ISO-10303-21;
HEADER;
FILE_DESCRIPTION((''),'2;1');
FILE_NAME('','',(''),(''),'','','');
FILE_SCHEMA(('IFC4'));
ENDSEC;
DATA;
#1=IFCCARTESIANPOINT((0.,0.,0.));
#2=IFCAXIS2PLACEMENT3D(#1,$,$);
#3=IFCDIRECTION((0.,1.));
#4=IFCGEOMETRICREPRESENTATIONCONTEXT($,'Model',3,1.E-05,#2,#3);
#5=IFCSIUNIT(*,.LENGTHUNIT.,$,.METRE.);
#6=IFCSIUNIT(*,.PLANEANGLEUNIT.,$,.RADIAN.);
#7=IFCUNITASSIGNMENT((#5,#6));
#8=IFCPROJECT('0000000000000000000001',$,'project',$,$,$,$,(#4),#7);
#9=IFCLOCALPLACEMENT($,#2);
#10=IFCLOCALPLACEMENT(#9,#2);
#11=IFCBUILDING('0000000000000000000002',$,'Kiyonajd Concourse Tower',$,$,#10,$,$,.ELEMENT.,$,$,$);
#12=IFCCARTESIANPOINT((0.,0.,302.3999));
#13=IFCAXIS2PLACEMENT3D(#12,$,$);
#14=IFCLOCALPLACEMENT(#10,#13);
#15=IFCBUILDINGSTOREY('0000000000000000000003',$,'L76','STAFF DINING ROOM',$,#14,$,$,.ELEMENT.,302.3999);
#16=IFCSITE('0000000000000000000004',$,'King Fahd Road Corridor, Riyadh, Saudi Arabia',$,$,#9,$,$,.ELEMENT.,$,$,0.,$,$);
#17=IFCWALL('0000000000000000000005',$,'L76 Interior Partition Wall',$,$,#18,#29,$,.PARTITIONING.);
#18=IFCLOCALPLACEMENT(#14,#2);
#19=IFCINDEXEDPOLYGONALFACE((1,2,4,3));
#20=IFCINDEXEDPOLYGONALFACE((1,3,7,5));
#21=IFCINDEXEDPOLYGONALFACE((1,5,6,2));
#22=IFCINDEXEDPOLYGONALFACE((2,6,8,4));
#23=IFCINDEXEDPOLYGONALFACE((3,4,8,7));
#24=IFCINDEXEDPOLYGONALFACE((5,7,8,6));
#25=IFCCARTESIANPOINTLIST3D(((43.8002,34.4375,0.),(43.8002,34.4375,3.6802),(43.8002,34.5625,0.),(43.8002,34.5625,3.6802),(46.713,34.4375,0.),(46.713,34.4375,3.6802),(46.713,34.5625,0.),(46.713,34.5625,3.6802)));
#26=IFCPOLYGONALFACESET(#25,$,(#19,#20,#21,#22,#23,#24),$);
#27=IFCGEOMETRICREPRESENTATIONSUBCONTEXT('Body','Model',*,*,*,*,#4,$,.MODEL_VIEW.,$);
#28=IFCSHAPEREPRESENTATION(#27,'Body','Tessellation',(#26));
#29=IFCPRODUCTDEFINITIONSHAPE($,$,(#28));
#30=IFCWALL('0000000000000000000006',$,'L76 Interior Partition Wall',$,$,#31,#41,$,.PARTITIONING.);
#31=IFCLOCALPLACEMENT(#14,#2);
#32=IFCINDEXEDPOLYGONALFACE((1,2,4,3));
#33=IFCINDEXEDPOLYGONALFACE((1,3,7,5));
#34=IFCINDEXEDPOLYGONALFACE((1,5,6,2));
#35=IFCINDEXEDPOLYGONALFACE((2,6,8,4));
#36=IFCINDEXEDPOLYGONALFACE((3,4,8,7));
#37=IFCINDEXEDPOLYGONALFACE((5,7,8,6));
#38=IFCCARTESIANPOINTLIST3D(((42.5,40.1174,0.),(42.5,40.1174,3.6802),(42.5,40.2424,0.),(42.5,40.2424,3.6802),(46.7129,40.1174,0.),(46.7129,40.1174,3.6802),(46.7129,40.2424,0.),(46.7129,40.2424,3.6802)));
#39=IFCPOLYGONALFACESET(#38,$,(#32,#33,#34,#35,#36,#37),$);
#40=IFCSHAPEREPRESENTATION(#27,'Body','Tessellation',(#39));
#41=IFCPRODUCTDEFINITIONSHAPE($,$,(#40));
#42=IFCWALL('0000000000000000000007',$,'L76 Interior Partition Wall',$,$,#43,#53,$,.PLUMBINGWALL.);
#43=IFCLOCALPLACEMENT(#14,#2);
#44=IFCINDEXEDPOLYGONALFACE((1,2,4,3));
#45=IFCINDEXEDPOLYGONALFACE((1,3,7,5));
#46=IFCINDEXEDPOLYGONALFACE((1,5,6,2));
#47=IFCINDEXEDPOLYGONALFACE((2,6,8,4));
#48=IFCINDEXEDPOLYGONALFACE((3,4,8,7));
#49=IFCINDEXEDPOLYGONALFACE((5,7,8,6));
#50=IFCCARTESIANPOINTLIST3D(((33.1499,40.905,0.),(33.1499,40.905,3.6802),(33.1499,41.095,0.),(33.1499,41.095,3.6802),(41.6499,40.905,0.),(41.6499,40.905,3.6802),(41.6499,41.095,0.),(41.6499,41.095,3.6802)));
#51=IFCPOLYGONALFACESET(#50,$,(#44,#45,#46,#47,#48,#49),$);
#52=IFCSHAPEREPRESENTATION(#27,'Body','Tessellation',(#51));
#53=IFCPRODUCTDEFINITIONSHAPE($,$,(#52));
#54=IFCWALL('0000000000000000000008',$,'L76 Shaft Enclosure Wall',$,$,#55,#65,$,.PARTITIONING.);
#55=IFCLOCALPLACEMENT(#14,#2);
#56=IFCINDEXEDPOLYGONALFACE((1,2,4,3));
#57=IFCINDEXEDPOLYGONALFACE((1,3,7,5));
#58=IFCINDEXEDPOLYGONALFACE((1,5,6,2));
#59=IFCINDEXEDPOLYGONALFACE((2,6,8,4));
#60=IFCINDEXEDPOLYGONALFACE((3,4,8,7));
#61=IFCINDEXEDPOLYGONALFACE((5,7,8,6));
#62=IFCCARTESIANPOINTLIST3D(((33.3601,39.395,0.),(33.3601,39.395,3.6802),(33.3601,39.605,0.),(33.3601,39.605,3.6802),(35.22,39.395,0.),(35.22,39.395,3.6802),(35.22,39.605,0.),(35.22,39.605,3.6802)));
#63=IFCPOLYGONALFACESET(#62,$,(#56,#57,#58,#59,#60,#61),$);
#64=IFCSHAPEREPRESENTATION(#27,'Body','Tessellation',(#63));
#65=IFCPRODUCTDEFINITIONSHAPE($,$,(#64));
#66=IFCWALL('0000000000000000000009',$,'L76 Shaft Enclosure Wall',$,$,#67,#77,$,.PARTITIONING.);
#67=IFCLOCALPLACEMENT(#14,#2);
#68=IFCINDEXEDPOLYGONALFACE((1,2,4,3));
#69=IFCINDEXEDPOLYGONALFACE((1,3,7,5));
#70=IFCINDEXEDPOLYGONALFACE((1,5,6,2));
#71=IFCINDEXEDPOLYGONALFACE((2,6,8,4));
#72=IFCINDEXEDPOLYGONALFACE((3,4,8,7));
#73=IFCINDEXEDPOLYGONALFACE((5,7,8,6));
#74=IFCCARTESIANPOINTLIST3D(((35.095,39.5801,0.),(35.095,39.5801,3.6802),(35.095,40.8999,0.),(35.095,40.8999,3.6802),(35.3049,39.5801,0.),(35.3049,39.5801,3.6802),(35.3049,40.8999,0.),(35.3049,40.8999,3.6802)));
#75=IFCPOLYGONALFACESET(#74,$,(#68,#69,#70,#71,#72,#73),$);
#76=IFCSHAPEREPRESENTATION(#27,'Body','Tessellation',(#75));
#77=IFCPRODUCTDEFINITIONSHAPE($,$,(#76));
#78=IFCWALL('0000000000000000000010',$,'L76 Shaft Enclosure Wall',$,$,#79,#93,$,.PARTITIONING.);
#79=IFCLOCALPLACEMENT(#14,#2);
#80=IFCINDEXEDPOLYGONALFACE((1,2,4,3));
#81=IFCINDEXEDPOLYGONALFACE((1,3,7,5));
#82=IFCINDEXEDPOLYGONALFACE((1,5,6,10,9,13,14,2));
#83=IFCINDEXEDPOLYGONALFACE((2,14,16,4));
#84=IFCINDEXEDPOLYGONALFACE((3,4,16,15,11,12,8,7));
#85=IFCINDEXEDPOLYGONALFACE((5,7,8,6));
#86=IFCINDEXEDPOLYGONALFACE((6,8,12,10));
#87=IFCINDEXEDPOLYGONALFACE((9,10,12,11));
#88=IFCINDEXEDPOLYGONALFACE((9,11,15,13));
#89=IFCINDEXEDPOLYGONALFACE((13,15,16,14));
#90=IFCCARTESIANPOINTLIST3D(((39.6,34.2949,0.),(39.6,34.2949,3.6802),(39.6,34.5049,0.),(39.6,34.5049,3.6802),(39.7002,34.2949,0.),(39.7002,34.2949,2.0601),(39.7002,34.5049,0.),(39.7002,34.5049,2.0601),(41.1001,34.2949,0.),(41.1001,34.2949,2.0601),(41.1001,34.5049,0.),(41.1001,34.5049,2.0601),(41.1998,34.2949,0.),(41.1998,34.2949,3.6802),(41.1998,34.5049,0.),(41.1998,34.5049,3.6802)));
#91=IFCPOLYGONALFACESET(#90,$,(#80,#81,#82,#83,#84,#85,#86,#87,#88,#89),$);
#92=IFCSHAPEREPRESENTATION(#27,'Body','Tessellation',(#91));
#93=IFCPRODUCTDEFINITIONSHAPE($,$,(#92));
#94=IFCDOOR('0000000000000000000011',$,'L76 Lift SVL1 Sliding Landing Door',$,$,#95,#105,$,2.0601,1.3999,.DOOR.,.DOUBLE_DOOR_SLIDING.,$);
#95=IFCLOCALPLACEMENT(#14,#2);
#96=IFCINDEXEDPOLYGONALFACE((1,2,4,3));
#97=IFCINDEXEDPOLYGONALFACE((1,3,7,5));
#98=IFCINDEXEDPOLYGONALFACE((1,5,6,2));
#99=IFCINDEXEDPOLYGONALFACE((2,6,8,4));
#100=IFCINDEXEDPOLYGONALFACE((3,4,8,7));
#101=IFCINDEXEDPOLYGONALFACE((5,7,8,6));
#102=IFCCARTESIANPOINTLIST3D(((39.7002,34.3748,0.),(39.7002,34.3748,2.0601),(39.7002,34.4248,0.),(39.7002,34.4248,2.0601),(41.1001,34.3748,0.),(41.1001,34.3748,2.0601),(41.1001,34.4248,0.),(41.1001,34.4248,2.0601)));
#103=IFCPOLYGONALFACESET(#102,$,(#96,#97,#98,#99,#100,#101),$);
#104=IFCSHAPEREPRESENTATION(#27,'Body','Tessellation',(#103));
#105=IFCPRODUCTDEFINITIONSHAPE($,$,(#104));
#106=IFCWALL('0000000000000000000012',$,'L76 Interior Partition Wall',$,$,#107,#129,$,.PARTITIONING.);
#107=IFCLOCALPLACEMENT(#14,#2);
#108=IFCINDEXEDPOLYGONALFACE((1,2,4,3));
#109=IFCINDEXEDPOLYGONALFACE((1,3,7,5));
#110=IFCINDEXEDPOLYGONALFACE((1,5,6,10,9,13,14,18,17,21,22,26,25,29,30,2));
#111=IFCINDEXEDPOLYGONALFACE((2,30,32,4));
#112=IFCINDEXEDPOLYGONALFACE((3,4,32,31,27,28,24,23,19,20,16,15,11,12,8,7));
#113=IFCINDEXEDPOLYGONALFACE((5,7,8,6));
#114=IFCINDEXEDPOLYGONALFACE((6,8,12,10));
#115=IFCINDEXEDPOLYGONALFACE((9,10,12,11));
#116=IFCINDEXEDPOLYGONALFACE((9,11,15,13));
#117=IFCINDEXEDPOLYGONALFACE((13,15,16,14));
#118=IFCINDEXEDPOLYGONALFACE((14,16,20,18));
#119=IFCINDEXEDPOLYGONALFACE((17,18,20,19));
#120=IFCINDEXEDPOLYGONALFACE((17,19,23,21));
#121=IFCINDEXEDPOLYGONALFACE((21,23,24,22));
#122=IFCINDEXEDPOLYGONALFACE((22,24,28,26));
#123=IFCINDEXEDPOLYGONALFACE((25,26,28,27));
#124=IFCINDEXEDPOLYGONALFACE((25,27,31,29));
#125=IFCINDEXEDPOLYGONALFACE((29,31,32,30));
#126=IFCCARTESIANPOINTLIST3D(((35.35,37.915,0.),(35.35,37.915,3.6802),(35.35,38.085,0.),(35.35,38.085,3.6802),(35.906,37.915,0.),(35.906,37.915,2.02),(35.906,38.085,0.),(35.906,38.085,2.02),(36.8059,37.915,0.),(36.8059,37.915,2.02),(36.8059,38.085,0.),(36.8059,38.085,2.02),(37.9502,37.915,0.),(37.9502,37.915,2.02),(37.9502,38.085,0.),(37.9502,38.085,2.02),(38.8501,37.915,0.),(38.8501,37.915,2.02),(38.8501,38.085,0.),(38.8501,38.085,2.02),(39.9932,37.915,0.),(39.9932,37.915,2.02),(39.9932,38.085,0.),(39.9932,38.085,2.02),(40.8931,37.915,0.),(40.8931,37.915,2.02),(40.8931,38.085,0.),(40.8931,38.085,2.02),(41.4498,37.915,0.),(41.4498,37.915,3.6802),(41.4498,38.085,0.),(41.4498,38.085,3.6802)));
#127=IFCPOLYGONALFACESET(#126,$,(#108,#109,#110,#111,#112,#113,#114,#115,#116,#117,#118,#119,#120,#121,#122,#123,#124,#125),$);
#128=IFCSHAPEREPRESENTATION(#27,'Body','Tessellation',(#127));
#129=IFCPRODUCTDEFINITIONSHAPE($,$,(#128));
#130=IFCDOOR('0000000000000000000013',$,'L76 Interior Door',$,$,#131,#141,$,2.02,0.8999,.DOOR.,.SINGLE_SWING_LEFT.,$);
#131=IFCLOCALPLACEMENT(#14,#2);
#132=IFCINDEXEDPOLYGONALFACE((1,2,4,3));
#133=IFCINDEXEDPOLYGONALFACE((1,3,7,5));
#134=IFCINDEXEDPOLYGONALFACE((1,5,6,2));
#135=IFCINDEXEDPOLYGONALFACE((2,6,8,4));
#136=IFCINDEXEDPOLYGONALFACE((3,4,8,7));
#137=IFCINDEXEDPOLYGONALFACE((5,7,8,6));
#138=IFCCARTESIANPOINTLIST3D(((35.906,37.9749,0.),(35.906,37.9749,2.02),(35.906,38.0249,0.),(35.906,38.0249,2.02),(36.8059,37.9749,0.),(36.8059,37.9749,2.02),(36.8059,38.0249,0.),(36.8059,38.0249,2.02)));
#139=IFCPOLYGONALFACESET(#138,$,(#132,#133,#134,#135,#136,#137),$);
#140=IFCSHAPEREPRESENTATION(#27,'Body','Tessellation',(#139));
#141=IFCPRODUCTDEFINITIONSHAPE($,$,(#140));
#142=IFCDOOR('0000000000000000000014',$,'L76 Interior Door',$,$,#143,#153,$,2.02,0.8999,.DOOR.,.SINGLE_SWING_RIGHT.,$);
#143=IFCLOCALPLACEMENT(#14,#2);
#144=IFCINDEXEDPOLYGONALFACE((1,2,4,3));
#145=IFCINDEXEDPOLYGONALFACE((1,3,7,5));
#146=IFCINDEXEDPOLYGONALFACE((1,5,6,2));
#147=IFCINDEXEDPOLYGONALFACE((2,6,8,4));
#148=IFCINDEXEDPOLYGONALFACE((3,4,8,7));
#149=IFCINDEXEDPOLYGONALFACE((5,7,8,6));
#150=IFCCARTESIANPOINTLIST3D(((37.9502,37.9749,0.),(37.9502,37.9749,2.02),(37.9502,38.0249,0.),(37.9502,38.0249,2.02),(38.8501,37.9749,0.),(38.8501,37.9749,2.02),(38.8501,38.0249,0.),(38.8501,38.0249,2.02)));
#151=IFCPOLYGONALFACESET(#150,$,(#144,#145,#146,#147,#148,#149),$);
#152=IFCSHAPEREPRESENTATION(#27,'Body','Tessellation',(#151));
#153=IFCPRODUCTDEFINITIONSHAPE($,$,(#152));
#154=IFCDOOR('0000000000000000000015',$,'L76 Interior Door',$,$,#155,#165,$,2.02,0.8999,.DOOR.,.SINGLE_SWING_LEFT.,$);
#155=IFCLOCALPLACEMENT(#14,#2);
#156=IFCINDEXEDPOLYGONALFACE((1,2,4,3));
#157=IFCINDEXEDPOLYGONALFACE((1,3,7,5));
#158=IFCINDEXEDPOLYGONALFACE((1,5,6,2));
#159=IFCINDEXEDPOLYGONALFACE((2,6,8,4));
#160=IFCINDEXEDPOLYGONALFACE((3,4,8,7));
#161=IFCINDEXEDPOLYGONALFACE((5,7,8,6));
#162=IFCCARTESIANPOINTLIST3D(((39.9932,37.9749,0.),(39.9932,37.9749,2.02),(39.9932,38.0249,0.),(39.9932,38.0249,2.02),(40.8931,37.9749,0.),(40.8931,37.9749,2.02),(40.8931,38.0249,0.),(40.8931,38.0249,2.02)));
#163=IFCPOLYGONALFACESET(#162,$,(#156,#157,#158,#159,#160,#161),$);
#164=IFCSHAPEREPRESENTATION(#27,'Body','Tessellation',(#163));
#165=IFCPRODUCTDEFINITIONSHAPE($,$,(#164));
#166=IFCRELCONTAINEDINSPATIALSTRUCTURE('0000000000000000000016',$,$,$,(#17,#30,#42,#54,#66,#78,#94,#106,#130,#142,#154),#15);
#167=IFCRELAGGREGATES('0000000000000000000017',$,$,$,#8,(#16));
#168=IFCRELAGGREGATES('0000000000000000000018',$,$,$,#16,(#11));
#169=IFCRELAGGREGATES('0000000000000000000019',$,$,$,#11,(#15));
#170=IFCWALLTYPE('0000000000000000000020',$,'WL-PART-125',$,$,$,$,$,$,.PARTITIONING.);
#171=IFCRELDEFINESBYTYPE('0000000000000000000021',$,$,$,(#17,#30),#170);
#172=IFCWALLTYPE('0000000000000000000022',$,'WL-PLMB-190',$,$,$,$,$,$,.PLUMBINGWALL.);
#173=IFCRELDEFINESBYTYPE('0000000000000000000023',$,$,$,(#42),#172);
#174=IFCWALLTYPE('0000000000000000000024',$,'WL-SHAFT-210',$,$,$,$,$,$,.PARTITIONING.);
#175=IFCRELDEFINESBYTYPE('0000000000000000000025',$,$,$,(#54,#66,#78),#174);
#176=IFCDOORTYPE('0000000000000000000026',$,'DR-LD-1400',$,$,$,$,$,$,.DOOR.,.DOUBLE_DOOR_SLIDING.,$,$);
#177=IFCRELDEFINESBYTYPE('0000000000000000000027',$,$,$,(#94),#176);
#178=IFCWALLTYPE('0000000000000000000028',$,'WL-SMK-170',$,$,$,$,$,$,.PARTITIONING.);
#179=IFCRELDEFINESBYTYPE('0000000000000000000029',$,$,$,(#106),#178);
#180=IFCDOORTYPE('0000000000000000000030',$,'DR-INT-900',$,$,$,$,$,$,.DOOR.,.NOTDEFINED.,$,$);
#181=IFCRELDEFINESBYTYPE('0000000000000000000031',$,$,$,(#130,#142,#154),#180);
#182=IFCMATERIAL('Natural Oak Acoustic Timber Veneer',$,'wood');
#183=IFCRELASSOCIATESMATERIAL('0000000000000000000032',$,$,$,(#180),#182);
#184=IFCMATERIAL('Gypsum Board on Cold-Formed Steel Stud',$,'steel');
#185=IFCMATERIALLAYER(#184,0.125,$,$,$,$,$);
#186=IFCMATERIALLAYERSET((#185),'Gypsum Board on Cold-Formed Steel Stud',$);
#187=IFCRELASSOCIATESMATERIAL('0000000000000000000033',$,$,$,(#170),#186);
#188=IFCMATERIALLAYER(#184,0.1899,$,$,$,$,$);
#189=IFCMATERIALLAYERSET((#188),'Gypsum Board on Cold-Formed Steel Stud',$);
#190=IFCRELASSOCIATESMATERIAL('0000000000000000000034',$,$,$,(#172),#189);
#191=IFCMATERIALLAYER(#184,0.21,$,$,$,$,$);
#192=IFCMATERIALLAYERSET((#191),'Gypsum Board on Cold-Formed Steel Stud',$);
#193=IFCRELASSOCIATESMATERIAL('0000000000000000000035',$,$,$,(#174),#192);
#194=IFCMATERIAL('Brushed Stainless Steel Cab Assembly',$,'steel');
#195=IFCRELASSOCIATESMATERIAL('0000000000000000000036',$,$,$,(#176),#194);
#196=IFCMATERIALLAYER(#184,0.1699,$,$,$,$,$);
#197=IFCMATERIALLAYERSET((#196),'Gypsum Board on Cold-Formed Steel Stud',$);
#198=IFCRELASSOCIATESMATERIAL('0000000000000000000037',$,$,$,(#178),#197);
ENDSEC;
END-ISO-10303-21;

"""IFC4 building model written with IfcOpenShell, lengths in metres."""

from ifc_helpers import new_model, si_unit, direction, frame, frame_2d, origin, place, context, subcontext, project, spatial, rectangle, extrude, material, layer, layer_set, type_object, element, fill, save


model = new_model("IFC4")

# Units and contexts
model_context = context("Model", 3, precision=1e-05, world=origin(), true_north=direction((0.0, 1.0)))
body_context = subcontext(model_context, "Body", "Model", "MODEL_VIEW")
ifc_project = project(units=[si_unit("LENGTHUNIT", "METRE"), si_unit("PLANEANGLEUNIT", "RADIAN")], contexts=[model_context])

# Site, building, storey
site_placement = place(None, origin())
site = spatial("IfcSite", under=ifc_project, at=site_placement, Name="King Fahd Road Corridor, Riyadh, Saudi Arabia", CompositionType="ELEMENT", RefElevation=0.0)
building_placement = place(site_placement, origin())
building = spatial("IfcBuilding", under=site, at=building_placement, Name="Kiyonajd Concourse Tower", CompositionType="ELEMENT")
storey_placement = place(building_placement, frame((0.0, 0.0, 302.3999)))
storey = spatial("IfcBuildingStorey", under=building, at=storey_placement, Name="L76", Description="STAFF DINING ROOM", CompositionType="ELEMENT", Elevation=302.3999)

# Shared definitions
ifc_material_1 = material(Name="Natural Oak Acoustic Timber Veneer", Category="wood")
door_type_1 = type_object("IfcDoorType", Name="DR-INT-900", OperationType="NOTDEFINED", PredefinedType="DOOR", material=ifc_material_1)

# Walls
ifc_material_2 = material(Name="Gypsum Board on Cold-Formed Steel Stud", Category="steel")
ifc_layer_1 = layer(ifc_material_2, 0.125)
ifc_layer_set_1 = layer_set([ifc_layer_1], Name="Gypsum Board on Cold-Formed Steel Stud")
wall_type_1 = type_object("IfcWallType", Name="WL-PART-125", PredefinedType="PARTITIONING", material=ifc_layer_set_1)
wall_1_placement = place(storey_placement, frame((43.8, 34.5, 0.0), z_axis=(0.0, 0.0, 1.0), x_axis=(1.0, 0.0, 0.0)))
element("IfcWall", 1, at=wall_1_placement, inside=storey, type_object=wall_type_1, Name="L76 Interior Partition Wall", PredefinedType="PARTITIONING", context=body_context, shape_type="SweptSolid", body=[
    extrude(rectangle(XDim=2.9128, YDim=0.125, at=frame_2d((1.4565, 0.0))), origin(), (0.0, 0.0, 1.0), 3.6802),
])
wall_2_placement = place(storey_placement, frame((42.5, 40.1799, 0.0), z_axis=(0.0, 0.0, 1.0), x_axis=(1.0, 0.0, 0.0)))
element("IfcWall", 2, at=wall_2_placement, inside=storey, type_object=wall_type_1, Name="L76 Interior Partition Wall", PredefinedType="PARTITIONING", context=body_context, shape_type="SweptSolid", body=[
    extrude(rectangle(XDim=4.2129, YDim=0.125, at=frame_2d((2.1064, 0.0))), origin(), (0.0, 0.0, 1.0), 3.6802),
])
ifc_layer_2 = layer(ifc_material_2, 0.1899)
ifc_layer_set_2 = layer_set([ifc_layer_2], Name="Gypsum Board on Cold-Formed Steel Stud")
wall_type_2 = type_object("IfcWallType", Name="WL-PLMB-190", PredefinedType="PLUMBINGWALL", material=ifc_layer_set_2)
wall_3_placement = place(storey_placement, frame((33.1499, 41.0, 0.0), z_axis=(0.0, 0.0, 1.0), x_axis=(1.0, 0.0, 0.0)))
element("IfcWall", 3, at=wall_3_placement, inside=storey, type_object=wall_type_2, Name="L76 Interior Partition Wall", PredefinedType="PLUMBINGWALL", context=body_context, shape_type="SweptSolid", body=[
    extrude(rectangle(XDim=8.5, YDim=0.1899, at=frame_2d((4.25, 0.0))), origin(), (0.0, 0.0, 1.0), 3.6802),
])
ifc_layer_3 = layer(ifc_material_2, 0.21)
ifc_layer_set_3 = layer_set([ifc_layer_3], Name="Gypsum Board on Cold-Formed Steel Stud")
wall_type_3 = type_object("IfcWallType", Name="WL-SHAFT-210", PredefinedType="PARTITIONING", material=ifc_layer_set_3)
wall_4_placement = place(storey_placement, frame((33.3601, 39.5, 0.0), z_axis=(0.0, 0.0, 1.0), x_axis=(1.0, 0.0, 0.0)))
element("IfcWall", 4, at=wall_4_placement, inside=storey, type_object=wall_type_3, Name="L76 Shaft Enclosure Wall", PredefinedType="PARTITIONING", context=body_context, shape_type="SweptSolid", body=[
    extrude(rectangle(XDim=1.8599, YDim=0.21, at=frame_2d((0.9299, 0.0))), origin(), (0.0, 0.0, 1.0), 3.6802),
])
wall_5_placement = place(storey_placement, frame((35.2, 39.5801, 0.0), z_axis=(0.0, 0.0, 1.0), x_axis=(0.0, 1.0, 0.0)))
element("IfcWall", 5, at=wall_5_placement, inside=storey, type_object=wall_type_3, Name="L76 Shaft Enclosure Wall", PredefinedType="PARTITIONING", context=body_context, shape_type="SweptSolid", body=[
    extrude(rectangle(XDim=1.3198, YDim=0.21, at=frame_2d((0.6599, 0.0))), origin(), (0.0, 0.0, 1.0), 3.6802),
])

# Wall, opening, door
wall_6_placement = place(storey_placement, frame((39.6001, 34.3999, 0.0), z_axis=(0.0, 0.0, 1.0), x_axis=(1.0, 0.0, 0.0)))
wall_6 = element("IfcWall", 6, at=wall_6_placement, inside=storey, type_object=wall_type_3, Name="L76 Shaft Enclosure Wall", PredefinedType="PARTITIONING", context=body_context, shape_type="SweptSolid", body=[
    extrude(rectangle(XDim=1.5999, YDim=0.21, at=frame_2d((0.7998, 0.0))), origin(), (0.0, 0.0, 1.0), 3.6802),
])
opening_1_placement = place(wall_6_placement, frame((0.1001, 0.0, 0.0)))
opening_1 = element("IfcOpeningElement", 7, at=opening_1_placement, cuts=wall_6, PredefinedType="OPENING", context=body_context, shape_type="SweptSolid", body=[
    extrude(rectangle(XDim=1.3999, YDim=2.0601, at=frame_2d((0.7, 1.03))), frame((0.0, 0.115, 0.0), z_axis=(0.0, -1.0, 0.0), x_axis=(1.0, 0.0, 0.0)), (0.0, 0.0, 1.0), 0.23),
])
ifc_material_3 = material(Name="Brushed Stainless Steel Cab Assembly", Category="steel")
door_type_2 = type_object("IfcDoorType", Name="DR-LD-1400", OperationType="DOUBLE_DOOR_SLIDING", PredefinedType="DOOR", material=ifc_material_3)
door_1_placement = place(opening_1_placement, origin())
door_1 = element("IfcDoor", 8, at=door_1_placement, inside=storey, type_object=door_type_2, Name="L76 Lift SVL1 Sliding Landing Door", OperationType="DOUBLE_DOOR_SLIDING", OverallHeight=2.0601, OverallWidth=1.3999, PredefinedType="DOOR", context=body_context, shape_type="SweptSolid", body=[
    extrude(rectangle(XDim=1.3999, YDim=2.0601, at=frame_2d((0.7, 1.03))), frame((0.0, 0.0249, 0.0), z_axis=(0.0, -1.0, 0.0), x_axis=(1.0, 0.0, 0.0)), (0.0, 0.0, 1.0), 0.05),
])
fill(opening_1, door_1)

# Wall, openings, doors
ifc_layer_4 = layer(ifc_material_2, 0.1699)
ifc_layer_set_4 = layer_set([ifc_layer_4], Name="Gypsum Board on Cold-Formed Steel Stud")
wall_type_4 = type_object("IfcWallType", Name="WL-SMK-170", PredefinedType="PARTITIONING", material=ifc_layer_set_4)
wall_7_placement = place(storey_placement, frame((35.3501, 38.0, 0.0), z_axis=(0.0, 0.0, 1.0), x_axis=(1.0, 0.0, 0.0)))
wall_7 = element("IfcWall", 9, at=wall_7_placement, inside=storey, type_object=wall_type_4, Name="L76 Interior Partition Wall", PredefinedType="PARTITIONING", context=body_context, shape_type="SweptSolid", body=[
    extrude(rectangle(XDim=6.0999, YDim=0.1699, at=frame_2d((3.0498, 0.0))), origin(), (0.0, 0.0, 1.0), 3.6802),
])
opening_2_placement = place(wall_7_placement, frame((0.5559, 0.0, 0.0)))
opening_2 = element("IfcOpeningElement", 10, at=opening_2_placement, cuts=wall_7, PredefinedType="OPENING", context=body_context, shape_type="SweptSolid", body=[
    extrude(rectangle(XDim=0.8999, YDim=2.02, at=frame_2d((0.45, 1.01))), frame((0.0, 0.095, 0.0), z_axis=(0.0, -1.0, 0.0), x_axis=(1.0, 0.0, 0.0)), (0.0, 0.0, 1.0), 0.1899),
])
opening_3_placement = place(wall_7_placement, frame((2.6001, 0.0, 0.0)))
opening_3 = element("IfcOpeningElement", 11, at=opening_3_placement, cuts=wall_7, PredefinedType="OPENING", context=body_context, shape_type="SweptSolid", body=[
    extrude(rectangle(XDim=0.8999, YDim=2.02, at=frame_2d((0.45, 1.01))), frame((0.0, 0.095, 0.0), z_axis=(0.0, -1.0, 0.0), x_axis=(1.0, 0.0, 0.0)), (0.0, 0.0, 1.0), 0.1899),
])
opening_4_placement = place(wall_7_placement, frame((4.6431, 0.0, 0.0)))
opening_4 = element("IfcOpeningElement", 12, at=opening_4_placement, cuts=wall_7, PredefinedType="OPENING", context=body_context, shape_type="SweptSolid", body=[
    extrude(rectangle(XDim=0.8999, YDim=2.02, at=frame_2d((0.45, 1.01))), frame((0.0, 0.095, 0.0), z_axis=(0.0, -1.0, 0.0), x_axis=(1.0, 0.0, 0.0)), (0.0, 0.0, 1.0), 0.1899),
])
door_2_placement = place(opening_2_placement, origin())
door_2 = element("IfcDoor", 13, at=door_2_placement, inside=storey, type_object=door_type_1, Name="L76 Interior Door", OperationType="SINGLE_SWING_LEFT", OverallHeight=2.02, OverallWidth=0.8999, PredefinedType="DOOR", context=body_context, shape_type="SweptSolid", body=[
    extrude(rectangle(XDim=0.8999, YDim=2.02, at=frame_2d((0.45, 1.01))), frame((0.0, 0.0249, 0.0), z_axis=(0.0, -1.0, 0.0), x_axis=(1.0, 0.0, 0.0)), (0.0, 0.0, 1.0), 0.05),
])
fill(opening_2, door_2)
door_3_placement = place(opening_3_placement, origin())
door_3 = element("IfcDoor", 14, at=door_3_placement, inside=storey, type_object=door_type_1, Name="L76 Interior Door", OperationType="SINGLE_SWING_RIGHT", OverallHeight=2.02, OverallWidth=0.8999, PredefinedType="DOOR", context=body_context, shape_type="SweptSolid", body=[
    extrude(rectangle(XDim=0.8999, YDim=2.02, at=frame_2d((0.45, 1.01))), frame((0.0, 0.0249, 0.0), z_axis=(0.0, -1.0, 0.0), x_axis=(1.0, 0.0, 0.0)), (0.0, 0.0, 1.0), 0.05),
])
fill(opening_3, door_3)
door_4_placement = place(opening_4_placement, origin())
door_4 = element("IfcDoor", 15, at=door_4_placement, inside=storey, type_object=door_type_1, Name="L76 Interior Door", OperationType="SINGLE_SWING_LEFT", OverallHeight=2.02, OverallWidth=0.8999, PredefinedType="DOOR", context=body_context, shape_type="SweptSolid", body=[
    extrude(rectangle(XDim=0.8999, YDim=2.02, at=frame_2d((0.45, 1.01))), frame((0.0, 0.0249, 0.0), z_axis=(0.0, -1.0, 0.0), x_axis=(1.0, 0.0, 0.0)), (0.0, 0.0, 1.0), 0.05),
])
fill(opening_4, door_4)

save(model, "model.ifc")
